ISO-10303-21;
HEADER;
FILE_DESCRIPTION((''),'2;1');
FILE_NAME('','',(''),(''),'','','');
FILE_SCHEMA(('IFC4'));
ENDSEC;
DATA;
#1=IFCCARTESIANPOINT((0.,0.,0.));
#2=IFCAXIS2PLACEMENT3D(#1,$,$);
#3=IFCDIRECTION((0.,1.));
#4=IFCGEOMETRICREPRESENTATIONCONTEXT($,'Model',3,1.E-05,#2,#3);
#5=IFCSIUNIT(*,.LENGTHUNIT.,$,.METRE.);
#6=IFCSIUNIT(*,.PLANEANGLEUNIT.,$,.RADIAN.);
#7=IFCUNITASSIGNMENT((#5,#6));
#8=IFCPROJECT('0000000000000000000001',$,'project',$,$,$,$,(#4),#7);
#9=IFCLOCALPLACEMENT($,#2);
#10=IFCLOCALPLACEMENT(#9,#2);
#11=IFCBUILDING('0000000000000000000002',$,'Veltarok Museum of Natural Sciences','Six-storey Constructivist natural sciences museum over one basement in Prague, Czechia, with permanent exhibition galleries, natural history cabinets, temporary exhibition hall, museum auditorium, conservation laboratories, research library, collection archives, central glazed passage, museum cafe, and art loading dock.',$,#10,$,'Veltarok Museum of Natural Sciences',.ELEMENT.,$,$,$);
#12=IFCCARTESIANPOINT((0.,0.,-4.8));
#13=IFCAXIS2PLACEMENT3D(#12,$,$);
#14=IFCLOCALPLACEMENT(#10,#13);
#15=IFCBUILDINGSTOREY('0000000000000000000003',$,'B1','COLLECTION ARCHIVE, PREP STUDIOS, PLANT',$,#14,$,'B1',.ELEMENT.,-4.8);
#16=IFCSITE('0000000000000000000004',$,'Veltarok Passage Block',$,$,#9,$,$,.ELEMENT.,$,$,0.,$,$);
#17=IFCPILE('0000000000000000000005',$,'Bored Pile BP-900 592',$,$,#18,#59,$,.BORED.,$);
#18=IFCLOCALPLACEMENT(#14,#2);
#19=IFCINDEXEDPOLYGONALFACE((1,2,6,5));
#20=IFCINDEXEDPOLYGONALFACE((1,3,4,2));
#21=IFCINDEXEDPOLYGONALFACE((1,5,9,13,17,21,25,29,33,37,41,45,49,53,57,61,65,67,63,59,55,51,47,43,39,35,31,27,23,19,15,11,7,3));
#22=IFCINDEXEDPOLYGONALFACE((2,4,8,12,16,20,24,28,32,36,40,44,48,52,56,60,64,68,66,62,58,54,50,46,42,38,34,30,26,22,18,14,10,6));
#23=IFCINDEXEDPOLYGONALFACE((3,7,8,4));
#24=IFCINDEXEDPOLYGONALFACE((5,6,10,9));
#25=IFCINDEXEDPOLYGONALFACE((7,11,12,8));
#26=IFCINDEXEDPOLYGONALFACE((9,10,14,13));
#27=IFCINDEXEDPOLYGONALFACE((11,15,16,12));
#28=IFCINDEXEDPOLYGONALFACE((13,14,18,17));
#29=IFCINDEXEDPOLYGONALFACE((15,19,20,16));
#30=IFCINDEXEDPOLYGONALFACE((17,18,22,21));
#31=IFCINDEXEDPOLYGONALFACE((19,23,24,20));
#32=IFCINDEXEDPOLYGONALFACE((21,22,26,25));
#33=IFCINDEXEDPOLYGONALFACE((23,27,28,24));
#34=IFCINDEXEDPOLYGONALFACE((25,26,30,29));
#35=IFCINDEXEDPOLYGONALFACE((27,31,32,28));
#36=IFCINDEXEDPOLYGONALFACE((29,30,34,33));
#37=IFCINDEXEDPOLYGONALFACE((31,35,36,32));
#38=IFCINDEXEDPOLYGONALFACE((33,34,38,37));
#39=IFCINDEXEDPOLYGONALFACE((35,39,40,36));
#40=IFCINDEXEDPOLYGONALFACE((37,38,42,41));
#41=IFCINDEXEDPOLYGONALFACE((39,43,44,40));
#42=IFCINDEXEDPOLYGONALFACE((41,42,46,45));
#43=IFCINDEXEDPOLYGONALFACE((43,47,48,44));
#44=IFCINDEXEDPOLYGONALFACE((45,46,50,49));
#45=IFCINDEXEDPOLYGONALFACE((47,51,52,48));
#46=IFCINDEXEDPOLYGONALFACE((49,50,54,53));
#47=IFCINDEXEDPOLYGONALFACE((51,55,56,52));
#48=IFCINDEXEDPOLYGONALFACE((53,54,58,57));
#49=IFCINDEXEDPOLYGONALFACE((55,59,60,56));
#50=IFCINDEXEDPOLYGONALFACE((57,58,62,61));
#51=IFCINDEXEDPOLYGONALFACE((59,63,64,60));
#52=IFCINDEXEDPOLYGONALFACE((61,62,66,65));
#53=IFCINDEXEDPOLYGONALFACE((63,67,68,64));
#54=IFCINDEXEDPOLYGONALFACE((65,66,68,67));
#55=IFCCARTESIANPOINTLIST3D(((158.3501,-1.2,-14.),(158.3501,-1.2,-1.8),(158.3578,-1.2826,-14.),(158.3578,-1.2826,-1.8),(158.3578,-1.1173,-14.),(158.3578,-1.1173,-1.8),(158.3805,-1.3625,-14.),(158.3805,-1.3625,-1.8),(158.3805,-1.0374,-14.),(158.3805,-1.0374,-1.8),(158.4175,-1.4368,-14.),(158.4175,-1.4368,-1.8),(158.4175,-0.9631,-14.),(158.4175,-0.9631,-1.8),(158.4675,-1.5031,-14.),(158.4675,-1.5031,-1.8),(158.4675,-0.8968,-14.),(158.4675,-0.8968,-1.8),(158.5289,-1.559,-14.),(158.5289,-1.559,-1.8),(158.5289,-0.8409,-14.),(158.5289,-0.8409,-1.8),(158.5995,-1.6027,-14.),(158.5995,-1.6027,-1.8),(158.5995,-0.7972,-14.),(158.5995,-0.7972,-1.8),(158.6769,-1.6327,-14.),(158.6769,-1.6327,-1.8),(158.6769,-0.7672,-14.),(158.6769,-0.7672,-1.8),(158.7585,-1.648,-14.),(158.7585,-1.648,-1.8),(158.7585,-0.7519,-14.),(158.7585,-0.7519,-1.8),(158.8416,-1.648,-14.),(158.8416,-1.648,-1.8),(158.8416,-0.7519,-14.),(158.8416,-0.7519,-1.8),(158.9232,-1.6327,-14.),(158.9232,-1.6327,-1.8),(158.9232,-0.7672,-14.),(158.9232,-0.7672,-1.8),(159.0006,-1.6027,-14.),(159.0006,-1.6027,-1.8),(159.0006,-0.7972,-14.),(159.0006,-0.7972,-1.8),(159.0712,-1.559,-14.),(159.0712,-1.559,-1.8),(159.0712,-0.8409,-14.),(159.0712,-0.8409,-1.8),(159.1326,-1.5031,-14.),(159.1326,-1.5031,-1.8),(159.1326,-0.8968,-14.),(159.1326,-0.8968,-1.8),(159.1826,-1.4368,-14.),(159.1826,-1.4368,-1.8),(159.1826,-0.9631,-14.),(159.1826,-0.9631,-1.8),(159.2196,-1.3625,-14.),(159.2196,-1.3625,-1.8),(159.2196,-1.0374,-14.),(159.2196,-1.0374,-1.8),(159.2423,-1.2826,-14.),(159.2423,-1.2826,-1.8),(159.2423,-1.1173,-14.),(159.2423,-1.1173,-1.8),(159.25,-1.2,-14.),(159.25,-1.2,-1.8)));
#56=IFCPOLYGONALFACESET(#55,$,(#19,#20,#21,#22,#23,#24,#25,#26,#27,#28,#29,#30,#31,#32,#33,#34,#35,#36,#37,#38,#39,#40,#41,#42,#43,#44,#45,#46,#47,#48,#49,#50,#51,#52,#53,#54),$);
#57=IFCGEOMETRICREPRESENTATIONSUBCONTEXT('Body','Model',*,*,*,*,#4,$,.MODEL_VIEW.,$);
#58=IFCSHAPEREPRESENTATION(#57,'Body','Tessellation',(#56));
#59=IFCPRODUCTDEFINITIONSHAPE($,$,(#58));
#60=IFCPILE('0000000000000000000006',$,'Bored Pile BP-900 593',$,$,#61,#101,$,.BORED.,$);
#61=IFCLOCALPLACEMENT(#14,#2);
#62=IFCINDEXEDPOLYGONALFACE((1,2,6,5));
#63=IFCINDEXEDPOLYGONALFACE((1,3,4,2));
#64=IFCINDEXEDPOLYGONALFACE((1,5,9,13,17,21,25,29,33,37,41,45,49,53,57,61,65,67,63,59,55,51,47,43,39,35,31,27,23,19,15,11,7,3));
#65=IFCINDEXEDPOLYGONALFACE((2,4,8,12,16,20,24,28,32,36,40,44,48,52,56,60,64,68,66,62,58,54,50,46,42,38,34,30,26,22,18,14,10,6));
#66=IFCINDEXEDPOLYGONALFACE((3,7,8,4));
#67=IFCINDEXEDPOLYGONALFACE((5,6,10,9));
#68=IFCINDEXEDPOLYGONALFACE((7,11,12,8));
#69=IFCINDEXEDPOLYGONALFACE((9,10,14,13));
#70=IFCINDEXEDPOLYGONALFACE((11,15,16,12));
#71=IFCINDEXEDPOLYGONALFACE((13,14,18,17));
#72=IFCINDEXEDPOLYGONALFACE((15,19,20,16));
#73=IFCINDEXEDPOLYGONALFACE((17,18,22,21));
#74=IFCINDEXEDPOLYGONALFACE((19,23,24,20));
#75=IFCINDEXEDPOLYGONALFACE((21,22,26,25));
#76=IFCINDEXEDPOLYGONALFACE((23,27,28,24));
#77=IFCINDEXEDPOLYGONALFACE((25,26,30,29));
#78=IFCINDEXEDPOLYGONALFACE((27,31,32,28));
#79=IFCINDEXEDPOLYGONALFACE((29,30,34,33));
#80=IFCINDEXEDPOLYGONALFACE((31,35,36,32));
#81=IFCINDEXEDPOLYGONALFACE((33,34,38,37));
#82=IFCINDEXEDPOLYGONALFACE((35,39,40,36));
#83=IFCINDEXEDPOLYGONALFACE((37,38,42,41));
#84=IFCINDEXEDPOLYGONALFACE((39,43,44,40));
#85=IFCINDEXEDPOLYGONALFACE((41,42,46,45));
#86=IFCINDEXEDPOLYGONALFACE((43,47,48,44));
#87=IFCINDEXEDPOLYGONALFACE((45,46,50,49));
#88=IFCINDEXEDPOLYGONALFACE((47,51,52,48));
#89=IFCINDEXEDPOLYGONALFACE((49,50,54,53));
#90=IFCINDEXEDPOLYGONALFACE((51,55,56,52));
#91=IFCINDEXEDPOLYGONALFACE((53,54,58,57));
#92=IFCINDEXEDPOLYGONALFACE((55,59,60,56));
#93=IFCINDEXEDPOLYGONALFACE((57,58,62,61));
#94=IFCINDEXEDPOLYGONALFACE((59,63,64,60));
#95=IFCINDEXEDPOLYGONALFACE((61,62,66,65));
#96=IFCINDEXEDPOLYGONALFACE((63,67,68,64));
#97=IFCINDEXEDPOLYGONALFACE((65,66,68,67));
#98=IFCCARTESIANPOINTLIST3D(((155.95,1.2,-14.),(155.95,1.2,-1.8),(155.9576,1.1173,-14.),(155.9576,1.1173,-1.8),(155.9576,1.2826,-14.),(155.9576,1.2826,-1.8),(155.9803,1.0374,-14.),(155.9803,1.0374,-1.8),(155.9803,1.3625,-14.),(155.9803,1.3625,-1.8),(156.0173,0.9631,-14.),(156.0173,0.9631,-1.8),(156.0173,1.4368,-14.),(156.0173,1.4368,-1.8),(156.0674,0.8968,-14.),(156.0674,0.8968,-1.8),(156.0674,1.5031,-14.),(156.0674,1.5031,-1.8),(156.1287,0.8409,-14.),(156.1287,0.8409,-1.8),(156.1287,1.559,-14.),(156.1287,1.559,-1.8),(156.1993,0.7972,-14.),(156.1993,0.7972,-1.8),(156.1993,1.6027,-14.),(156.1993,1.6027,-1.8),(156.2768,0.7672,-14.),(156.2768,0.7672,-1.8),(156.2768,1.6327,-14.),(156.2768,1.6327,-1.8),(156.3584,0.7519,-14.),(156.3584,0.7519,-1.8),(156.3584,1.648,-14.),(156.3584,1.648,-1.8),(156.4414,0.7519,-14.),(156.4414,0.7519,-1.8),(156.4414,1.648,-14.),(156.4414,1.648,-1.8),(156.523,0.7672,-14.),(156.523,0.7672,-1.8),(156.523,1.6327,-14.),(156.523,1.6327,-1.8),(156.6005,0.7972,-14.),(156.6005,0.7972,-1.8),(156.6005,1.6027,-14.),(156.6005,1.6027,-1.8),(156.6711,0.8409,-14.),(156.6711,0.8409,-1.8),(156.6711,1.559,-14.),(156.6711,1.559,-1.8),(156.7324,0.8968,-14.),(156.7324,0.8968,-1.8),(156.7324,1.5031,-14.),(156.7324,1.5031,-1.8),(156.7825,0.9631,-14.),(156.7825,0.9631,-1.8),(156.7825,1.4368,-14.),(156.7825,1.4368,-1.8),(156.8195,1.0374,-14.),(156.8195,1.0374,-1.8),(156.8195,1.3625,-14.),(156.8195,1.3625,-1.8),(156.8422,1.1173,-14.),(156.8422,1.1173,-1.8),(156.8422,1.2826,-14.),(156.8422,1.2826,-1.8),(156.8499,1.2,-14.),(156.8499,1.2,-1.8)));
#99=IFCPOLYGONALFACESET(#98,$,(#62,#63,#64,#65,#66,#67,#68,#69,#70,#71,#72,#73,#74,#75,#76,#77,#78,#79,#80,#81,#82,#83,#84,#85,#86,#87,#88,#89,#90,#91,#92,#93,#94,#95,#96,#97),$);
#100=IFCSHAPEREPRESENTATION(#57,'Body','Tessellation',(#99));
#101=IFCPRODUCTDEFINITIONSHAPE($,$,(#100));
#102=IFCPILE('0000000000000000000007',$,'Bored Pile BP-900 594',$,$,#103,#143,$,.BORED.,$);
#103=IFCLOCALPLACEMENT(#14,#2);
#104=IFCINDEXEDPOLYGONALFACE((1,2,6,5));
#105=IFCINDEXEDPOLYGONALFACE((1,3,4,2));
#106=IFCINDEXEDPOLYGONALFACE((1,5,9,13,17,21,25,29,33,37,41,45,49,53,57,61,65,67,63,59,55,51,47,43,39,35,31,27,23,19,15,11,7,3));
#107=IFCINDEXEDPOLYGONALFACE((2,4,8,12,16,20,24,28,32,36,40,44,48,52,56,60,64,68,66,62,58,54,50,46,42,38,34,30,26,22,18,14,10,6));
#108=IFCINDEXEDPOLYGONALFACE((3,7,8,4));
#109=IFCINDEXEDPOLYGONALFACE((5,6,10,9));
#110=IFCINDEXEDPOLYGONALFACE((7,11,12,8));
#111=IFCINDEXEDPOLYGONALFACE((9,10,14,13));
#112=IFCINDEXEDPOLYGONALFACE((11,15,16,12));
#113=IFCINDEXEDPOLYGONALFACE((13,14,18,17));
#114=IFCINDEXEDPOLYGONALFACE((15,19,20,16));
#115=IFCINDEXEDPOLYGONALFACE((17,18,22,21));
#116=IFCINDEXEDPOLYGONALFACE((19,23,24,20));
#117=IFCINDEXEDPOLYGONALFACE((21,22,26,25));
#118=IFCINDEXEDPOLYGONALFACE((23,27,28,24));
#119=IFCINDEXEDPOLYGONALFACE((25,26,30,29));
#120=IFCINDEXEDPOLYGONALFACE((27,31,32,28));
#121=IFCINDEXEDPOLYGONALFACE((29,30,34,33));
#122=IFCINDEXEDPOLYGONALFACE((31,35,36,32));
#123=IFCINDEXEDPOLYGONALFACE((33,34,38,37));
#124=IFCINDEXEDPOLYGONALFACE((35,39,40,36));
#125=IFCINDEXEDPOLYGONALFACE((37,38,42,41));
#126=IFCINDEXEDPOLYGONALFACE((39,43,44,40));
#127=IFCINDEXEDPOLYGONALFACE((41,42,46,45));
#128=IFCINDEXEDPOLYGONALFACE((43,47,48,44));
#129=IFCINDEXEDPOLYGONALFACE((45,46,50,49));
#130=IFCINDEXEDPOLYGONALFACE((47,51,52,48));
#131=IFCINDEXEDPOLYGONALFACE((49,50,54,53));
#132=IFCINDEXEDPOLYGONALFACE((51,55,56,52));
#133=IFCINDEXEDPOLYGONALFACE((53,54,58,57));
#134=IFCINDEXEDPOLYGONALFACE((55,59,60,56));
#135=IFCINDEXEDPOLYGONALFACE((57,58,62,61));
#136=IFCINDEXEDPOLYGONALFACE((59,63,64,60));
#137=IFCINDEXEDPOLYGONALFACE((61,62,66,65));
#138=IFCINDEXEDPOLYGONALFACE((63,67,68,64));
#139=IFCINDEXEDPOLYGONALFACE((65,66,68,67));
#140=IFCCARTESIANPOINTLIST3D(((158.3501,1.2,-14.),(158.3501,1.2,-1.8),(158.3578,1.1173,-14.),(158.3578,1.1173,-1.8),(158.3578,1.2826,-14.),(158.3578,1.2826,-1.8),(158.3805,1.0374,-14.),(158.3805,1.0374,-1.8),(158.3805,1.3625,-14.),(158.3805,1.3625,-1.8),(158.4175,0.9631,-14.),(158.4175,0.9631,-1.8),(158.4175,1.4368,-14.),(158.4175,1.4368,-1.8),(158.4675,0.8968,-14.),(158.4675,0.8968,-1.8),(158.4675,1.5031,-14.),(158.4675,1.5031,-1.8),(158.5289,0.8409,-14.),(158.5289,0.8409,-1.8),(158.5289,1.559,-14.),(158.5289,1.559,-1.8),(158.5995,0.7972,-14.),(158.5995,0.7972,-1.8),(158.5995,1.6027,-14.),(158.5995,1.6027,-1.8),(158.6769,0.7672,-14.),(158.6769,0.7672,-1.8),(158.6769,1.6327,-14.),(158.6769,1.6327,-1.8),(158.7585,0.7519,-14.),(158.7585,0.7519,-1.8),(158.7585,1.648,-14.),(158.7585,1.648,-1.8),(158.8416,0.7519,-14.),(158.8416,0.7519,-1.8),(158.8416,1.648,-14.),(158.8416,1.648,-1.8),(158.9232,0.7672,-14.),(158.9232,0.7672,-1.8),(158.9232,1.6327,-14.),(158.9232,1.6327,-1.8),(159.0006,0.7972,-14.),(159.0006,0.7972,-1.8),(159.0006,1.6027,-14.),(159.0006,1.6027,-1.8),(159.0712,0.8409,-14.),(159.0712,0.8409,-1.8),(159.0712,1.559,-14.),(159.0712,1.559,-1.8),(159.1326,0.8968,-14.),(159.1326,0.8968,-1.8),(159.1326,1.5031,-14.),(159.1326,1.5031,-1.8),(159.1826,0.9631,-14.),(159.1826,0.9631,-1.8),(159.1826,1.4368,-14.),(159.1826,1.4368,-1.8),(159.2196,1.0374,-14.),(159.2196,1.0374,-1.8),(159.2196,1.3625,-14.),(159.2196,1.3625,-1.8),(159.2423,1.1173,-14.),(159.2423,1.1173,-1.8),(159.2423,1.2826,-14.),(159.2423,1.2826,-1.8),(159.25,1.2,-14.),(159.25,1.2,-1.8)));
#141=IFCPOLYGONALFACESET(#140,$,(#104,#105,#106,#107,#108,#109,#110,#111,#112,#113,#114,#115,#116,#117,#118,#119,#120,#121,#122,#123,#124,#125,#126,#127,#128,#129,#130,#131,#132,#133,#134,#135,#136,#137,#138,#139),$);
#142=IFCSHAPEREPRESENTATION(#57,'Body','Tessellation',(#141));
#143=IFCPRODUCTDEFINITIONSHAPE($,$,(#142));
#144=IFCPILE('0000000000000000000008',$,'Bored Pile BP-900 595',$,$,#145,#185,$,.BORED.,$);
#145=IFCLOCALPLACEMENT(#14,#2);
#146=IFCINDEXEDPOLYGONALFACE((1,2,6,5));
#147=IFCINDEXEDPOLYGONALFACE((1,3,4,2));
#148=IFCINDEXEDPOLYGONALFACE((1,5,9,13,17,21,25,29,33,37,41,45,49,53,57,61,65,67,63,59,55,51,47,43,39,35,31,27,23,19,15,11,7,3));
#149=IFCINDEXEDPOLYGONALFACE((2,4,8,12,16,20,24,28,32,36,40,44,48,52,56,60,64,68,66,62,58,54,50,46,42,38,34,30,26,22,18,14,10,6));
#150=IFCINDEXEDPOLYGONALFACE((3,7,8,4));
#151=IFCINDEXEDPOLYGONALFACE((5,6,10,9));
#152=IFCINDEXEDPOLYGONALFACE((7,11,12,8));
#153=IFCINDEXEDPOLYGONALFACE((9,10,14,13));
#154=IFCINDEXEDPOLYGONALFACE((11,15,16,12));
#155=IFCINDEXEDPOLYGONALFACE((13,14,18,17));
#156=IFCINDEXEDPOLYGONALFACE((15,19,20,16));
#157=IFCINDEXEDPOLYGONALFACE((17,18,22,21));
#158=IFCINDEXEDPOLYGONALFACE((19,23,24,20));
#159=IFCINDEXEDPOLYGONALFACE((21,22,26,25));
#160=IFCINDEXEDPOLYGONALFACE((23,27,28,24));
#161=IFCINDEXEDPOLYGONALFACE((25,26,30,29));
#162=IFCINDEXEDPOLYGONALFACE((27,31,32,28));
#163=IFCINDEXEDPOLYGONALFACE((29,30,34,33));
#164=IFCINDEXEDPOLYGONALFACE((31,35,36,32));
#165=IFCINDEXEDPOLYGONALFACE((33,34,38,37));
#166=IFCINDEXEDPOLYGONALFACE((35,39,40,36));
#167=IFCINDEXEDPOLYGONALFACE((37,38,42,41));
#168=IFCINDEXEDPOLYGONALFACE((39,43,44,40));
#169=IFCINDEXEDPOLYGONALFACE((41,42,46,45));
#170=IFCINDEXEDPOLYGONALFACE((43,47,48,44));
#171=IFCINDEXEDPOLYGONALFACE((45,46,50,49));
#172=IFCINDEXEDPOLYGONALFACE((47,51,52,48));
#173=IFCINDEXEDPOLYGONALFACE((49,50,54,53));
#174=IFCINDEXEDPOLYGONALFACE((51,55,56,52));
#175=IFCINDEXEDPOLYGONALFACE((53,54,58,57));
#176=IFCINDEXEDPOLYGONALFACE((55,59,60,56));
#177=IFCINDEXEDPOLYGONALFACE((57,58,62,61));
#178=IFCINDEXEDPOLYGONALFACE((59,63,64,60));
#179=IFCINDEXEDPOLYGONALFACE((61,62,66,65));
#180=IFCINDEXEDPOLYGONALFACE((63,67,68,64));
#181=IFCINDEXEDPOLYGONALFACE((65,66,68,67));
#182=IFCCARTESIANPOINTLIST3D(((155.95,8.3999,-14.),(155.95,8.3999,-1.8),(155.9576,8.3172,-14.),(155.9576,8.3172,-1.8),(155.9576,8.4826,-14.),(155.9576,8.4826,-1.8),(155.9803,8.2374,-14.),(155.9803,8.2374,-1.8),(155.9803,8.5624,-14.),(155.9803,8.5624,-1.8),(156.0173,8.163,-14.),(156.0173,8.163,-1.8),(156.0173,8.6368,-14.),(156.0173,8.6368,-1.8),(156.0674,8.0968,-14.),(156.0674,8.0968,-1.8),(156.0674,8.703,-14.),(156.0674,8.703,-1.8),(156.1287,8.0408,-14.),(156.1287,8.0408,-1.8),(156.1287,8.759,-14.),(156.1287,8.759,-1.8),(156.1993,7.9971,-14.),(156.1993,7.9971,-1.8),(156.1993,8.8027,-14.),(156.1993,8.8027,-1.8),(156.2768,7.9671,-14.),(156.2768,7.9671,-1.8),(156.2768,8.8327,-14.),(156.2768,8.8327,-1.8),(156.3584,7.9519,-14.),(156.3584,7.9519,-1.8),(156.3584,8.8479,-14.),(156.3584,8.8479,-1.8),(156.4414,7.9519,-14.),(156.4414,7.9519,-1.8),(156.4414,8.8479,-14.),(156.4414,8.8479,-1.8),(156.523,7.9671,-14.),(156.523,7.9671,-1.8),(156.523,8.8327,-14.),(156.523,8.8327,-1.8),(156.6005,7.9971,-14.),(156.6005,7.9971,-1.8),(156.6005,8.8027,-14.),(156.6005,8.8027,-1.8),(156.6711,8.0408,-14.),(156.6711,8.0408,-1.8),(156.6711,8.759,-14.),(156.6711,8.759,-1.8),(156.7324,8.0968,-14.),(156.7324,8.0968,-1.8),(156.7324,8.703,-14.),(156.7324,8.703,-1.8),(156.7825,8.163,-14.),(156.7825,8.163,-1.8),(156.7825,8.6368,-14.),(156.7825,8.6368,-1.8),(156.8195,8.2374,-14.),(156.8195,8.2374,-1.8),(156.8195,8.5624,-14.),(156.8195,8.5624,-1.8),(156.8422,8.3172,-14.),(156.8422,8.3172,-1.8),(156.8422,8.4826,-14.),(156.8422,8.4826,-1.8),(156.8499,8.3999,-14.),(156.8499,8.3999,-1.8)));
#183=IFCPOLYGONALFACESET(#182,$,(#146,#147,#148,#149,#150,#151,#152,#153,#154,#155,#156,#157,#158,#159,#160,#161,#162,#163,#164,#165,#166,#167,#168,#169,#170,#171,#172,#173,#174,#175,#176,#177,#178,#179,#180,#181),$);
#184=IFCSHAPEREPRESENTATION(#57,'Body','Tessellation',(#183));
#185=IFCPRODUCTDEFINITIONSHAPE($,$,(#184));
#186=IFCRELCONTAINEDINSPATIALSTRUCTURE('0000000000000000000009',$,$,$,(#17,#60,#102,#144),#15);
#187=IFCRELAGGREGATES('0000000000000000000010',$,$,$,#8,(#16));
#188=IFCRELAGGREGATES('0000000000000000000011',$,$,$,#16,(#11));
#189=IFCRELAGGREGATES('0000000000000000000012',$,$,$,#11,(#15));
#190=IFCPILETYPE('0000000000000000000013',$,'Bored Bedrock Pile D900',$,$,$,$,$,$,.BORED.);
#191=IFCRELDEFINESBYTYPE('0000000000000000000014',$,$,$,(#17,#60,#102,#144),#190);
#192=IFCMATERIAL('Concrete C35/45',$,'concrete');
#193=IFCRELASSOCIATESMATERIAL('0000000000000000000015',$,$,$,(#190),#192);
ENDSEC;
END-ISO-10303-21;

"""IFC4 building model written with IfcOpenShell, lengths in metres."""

from ifc_helpers import new_model, si_unit, direction, frame, origin, origin_2d, place, context, subcontext, project, spatial, circle, extrude, material, material_profile, profile_set, type_object, element, save


model = new_model("IFC4")

# Units and contexts
model_context = context("Model", 3, precision=1e-05, world=origin(), true_north=direction((0.0, 1.0)))
body_context = subcontext(model_context, "Body", "Model", "MODEL_VIEW")
ifc_project = project(units=[si_unit("LENGTHUNIT", "METRE"), si_unit("PLANEANGLEUNIT", "RADIAN")], contexts=[model_context])

# Site, building, storey
site_placement = place(None, origin())
site = spatial("IfcSite", under=ifc_project, at=site_placement, Name="Veltarok Passage Block", CompositionType="ELEMENT", RefElevation=0.0)
building_placement = place(site_placement, origin())
building = spatial("IfcBuilding", under=site, at=building_placement, Name="Veltarok Museum of Natural Sciences", Description="Six-storey Constructivist natural sciences museum over one basement in Prague, Czechia, with permanent exhibition galleries, natural history cabinets, temporary exhibition hall, museum auditorium, conservation laboratories, research library, collection archives, central glazed passage, museum cafe, and art loading dock.", LongName="Veltarok Museum of Natural Sciences", CompositionType="ELEMENT")
storey_placement = place(building_placement, frame((0.0, 0.0, -4.8)))
storey = spatial("IfcBuildingStorey", under=building, at=storey_placement, Name="B1", Description="COLLECTION ARCHIVE, PREP STUDIOS, PLANT", LongName="B1", CompositionType="ELEMENT", Elevation=-4.8)

# Piles
ifc_material_1 = material(Name="Concrete C35/45", Category="concrete")
ifc_material_profile_1 = material_profile(ifc_material_1, circle(Radius=0.45, at=origin_2d()), Name="BP D900")
ifc_profile_set_1 = profile_set([ifc_material_profile_1], Name="Concrete C35/45")
pile_type_1 = type_object("IfcPileType", Name="Bored Bedrock Pile D900", PredefinedType="BORED", material=ifc_profile_set_1)
for number, where, z_axis, x_axis, name in (
    (1, (158.8, -1.2, -1.8), (0.0, 0.0, -1.0), (1.0, 0.0, 0.0), "Bored Pile BP-900 592"),
    (2, (156.3999, 1.2, -1.8), (0.0, 0.0, -1.0), (1.0, 0.0, 0.0), "Bored Pile BP-900 593"),
    (3, (158.8, 1.2, -1.8), (0.0, 0.0, -1.0), (1.0, 0.0, 0.0), "Bored Pile BP-900 594"),
    (4, (156.3999, 8.3999, -1.8), (0.0, 0.0, -1.0), (1.0, 0.0, 0.0), "Bored Pile BP-900 595"),
):
    element("IfcPile", number, at=place(storey_placement, frame(where, z_axis=z_axis, x_axis=x_axis)), inside=storey, type_object=pile_type_1, Name=name, PredefinedType="BORED", context=body_context, shape_type="SweptSolid", body=[
        extrude(circle(Radius=0.45, at=origin_2d()), origin(), (0.0, 0.0, 1.0), 12.2),
    ])

save(model, "model.ifc")
